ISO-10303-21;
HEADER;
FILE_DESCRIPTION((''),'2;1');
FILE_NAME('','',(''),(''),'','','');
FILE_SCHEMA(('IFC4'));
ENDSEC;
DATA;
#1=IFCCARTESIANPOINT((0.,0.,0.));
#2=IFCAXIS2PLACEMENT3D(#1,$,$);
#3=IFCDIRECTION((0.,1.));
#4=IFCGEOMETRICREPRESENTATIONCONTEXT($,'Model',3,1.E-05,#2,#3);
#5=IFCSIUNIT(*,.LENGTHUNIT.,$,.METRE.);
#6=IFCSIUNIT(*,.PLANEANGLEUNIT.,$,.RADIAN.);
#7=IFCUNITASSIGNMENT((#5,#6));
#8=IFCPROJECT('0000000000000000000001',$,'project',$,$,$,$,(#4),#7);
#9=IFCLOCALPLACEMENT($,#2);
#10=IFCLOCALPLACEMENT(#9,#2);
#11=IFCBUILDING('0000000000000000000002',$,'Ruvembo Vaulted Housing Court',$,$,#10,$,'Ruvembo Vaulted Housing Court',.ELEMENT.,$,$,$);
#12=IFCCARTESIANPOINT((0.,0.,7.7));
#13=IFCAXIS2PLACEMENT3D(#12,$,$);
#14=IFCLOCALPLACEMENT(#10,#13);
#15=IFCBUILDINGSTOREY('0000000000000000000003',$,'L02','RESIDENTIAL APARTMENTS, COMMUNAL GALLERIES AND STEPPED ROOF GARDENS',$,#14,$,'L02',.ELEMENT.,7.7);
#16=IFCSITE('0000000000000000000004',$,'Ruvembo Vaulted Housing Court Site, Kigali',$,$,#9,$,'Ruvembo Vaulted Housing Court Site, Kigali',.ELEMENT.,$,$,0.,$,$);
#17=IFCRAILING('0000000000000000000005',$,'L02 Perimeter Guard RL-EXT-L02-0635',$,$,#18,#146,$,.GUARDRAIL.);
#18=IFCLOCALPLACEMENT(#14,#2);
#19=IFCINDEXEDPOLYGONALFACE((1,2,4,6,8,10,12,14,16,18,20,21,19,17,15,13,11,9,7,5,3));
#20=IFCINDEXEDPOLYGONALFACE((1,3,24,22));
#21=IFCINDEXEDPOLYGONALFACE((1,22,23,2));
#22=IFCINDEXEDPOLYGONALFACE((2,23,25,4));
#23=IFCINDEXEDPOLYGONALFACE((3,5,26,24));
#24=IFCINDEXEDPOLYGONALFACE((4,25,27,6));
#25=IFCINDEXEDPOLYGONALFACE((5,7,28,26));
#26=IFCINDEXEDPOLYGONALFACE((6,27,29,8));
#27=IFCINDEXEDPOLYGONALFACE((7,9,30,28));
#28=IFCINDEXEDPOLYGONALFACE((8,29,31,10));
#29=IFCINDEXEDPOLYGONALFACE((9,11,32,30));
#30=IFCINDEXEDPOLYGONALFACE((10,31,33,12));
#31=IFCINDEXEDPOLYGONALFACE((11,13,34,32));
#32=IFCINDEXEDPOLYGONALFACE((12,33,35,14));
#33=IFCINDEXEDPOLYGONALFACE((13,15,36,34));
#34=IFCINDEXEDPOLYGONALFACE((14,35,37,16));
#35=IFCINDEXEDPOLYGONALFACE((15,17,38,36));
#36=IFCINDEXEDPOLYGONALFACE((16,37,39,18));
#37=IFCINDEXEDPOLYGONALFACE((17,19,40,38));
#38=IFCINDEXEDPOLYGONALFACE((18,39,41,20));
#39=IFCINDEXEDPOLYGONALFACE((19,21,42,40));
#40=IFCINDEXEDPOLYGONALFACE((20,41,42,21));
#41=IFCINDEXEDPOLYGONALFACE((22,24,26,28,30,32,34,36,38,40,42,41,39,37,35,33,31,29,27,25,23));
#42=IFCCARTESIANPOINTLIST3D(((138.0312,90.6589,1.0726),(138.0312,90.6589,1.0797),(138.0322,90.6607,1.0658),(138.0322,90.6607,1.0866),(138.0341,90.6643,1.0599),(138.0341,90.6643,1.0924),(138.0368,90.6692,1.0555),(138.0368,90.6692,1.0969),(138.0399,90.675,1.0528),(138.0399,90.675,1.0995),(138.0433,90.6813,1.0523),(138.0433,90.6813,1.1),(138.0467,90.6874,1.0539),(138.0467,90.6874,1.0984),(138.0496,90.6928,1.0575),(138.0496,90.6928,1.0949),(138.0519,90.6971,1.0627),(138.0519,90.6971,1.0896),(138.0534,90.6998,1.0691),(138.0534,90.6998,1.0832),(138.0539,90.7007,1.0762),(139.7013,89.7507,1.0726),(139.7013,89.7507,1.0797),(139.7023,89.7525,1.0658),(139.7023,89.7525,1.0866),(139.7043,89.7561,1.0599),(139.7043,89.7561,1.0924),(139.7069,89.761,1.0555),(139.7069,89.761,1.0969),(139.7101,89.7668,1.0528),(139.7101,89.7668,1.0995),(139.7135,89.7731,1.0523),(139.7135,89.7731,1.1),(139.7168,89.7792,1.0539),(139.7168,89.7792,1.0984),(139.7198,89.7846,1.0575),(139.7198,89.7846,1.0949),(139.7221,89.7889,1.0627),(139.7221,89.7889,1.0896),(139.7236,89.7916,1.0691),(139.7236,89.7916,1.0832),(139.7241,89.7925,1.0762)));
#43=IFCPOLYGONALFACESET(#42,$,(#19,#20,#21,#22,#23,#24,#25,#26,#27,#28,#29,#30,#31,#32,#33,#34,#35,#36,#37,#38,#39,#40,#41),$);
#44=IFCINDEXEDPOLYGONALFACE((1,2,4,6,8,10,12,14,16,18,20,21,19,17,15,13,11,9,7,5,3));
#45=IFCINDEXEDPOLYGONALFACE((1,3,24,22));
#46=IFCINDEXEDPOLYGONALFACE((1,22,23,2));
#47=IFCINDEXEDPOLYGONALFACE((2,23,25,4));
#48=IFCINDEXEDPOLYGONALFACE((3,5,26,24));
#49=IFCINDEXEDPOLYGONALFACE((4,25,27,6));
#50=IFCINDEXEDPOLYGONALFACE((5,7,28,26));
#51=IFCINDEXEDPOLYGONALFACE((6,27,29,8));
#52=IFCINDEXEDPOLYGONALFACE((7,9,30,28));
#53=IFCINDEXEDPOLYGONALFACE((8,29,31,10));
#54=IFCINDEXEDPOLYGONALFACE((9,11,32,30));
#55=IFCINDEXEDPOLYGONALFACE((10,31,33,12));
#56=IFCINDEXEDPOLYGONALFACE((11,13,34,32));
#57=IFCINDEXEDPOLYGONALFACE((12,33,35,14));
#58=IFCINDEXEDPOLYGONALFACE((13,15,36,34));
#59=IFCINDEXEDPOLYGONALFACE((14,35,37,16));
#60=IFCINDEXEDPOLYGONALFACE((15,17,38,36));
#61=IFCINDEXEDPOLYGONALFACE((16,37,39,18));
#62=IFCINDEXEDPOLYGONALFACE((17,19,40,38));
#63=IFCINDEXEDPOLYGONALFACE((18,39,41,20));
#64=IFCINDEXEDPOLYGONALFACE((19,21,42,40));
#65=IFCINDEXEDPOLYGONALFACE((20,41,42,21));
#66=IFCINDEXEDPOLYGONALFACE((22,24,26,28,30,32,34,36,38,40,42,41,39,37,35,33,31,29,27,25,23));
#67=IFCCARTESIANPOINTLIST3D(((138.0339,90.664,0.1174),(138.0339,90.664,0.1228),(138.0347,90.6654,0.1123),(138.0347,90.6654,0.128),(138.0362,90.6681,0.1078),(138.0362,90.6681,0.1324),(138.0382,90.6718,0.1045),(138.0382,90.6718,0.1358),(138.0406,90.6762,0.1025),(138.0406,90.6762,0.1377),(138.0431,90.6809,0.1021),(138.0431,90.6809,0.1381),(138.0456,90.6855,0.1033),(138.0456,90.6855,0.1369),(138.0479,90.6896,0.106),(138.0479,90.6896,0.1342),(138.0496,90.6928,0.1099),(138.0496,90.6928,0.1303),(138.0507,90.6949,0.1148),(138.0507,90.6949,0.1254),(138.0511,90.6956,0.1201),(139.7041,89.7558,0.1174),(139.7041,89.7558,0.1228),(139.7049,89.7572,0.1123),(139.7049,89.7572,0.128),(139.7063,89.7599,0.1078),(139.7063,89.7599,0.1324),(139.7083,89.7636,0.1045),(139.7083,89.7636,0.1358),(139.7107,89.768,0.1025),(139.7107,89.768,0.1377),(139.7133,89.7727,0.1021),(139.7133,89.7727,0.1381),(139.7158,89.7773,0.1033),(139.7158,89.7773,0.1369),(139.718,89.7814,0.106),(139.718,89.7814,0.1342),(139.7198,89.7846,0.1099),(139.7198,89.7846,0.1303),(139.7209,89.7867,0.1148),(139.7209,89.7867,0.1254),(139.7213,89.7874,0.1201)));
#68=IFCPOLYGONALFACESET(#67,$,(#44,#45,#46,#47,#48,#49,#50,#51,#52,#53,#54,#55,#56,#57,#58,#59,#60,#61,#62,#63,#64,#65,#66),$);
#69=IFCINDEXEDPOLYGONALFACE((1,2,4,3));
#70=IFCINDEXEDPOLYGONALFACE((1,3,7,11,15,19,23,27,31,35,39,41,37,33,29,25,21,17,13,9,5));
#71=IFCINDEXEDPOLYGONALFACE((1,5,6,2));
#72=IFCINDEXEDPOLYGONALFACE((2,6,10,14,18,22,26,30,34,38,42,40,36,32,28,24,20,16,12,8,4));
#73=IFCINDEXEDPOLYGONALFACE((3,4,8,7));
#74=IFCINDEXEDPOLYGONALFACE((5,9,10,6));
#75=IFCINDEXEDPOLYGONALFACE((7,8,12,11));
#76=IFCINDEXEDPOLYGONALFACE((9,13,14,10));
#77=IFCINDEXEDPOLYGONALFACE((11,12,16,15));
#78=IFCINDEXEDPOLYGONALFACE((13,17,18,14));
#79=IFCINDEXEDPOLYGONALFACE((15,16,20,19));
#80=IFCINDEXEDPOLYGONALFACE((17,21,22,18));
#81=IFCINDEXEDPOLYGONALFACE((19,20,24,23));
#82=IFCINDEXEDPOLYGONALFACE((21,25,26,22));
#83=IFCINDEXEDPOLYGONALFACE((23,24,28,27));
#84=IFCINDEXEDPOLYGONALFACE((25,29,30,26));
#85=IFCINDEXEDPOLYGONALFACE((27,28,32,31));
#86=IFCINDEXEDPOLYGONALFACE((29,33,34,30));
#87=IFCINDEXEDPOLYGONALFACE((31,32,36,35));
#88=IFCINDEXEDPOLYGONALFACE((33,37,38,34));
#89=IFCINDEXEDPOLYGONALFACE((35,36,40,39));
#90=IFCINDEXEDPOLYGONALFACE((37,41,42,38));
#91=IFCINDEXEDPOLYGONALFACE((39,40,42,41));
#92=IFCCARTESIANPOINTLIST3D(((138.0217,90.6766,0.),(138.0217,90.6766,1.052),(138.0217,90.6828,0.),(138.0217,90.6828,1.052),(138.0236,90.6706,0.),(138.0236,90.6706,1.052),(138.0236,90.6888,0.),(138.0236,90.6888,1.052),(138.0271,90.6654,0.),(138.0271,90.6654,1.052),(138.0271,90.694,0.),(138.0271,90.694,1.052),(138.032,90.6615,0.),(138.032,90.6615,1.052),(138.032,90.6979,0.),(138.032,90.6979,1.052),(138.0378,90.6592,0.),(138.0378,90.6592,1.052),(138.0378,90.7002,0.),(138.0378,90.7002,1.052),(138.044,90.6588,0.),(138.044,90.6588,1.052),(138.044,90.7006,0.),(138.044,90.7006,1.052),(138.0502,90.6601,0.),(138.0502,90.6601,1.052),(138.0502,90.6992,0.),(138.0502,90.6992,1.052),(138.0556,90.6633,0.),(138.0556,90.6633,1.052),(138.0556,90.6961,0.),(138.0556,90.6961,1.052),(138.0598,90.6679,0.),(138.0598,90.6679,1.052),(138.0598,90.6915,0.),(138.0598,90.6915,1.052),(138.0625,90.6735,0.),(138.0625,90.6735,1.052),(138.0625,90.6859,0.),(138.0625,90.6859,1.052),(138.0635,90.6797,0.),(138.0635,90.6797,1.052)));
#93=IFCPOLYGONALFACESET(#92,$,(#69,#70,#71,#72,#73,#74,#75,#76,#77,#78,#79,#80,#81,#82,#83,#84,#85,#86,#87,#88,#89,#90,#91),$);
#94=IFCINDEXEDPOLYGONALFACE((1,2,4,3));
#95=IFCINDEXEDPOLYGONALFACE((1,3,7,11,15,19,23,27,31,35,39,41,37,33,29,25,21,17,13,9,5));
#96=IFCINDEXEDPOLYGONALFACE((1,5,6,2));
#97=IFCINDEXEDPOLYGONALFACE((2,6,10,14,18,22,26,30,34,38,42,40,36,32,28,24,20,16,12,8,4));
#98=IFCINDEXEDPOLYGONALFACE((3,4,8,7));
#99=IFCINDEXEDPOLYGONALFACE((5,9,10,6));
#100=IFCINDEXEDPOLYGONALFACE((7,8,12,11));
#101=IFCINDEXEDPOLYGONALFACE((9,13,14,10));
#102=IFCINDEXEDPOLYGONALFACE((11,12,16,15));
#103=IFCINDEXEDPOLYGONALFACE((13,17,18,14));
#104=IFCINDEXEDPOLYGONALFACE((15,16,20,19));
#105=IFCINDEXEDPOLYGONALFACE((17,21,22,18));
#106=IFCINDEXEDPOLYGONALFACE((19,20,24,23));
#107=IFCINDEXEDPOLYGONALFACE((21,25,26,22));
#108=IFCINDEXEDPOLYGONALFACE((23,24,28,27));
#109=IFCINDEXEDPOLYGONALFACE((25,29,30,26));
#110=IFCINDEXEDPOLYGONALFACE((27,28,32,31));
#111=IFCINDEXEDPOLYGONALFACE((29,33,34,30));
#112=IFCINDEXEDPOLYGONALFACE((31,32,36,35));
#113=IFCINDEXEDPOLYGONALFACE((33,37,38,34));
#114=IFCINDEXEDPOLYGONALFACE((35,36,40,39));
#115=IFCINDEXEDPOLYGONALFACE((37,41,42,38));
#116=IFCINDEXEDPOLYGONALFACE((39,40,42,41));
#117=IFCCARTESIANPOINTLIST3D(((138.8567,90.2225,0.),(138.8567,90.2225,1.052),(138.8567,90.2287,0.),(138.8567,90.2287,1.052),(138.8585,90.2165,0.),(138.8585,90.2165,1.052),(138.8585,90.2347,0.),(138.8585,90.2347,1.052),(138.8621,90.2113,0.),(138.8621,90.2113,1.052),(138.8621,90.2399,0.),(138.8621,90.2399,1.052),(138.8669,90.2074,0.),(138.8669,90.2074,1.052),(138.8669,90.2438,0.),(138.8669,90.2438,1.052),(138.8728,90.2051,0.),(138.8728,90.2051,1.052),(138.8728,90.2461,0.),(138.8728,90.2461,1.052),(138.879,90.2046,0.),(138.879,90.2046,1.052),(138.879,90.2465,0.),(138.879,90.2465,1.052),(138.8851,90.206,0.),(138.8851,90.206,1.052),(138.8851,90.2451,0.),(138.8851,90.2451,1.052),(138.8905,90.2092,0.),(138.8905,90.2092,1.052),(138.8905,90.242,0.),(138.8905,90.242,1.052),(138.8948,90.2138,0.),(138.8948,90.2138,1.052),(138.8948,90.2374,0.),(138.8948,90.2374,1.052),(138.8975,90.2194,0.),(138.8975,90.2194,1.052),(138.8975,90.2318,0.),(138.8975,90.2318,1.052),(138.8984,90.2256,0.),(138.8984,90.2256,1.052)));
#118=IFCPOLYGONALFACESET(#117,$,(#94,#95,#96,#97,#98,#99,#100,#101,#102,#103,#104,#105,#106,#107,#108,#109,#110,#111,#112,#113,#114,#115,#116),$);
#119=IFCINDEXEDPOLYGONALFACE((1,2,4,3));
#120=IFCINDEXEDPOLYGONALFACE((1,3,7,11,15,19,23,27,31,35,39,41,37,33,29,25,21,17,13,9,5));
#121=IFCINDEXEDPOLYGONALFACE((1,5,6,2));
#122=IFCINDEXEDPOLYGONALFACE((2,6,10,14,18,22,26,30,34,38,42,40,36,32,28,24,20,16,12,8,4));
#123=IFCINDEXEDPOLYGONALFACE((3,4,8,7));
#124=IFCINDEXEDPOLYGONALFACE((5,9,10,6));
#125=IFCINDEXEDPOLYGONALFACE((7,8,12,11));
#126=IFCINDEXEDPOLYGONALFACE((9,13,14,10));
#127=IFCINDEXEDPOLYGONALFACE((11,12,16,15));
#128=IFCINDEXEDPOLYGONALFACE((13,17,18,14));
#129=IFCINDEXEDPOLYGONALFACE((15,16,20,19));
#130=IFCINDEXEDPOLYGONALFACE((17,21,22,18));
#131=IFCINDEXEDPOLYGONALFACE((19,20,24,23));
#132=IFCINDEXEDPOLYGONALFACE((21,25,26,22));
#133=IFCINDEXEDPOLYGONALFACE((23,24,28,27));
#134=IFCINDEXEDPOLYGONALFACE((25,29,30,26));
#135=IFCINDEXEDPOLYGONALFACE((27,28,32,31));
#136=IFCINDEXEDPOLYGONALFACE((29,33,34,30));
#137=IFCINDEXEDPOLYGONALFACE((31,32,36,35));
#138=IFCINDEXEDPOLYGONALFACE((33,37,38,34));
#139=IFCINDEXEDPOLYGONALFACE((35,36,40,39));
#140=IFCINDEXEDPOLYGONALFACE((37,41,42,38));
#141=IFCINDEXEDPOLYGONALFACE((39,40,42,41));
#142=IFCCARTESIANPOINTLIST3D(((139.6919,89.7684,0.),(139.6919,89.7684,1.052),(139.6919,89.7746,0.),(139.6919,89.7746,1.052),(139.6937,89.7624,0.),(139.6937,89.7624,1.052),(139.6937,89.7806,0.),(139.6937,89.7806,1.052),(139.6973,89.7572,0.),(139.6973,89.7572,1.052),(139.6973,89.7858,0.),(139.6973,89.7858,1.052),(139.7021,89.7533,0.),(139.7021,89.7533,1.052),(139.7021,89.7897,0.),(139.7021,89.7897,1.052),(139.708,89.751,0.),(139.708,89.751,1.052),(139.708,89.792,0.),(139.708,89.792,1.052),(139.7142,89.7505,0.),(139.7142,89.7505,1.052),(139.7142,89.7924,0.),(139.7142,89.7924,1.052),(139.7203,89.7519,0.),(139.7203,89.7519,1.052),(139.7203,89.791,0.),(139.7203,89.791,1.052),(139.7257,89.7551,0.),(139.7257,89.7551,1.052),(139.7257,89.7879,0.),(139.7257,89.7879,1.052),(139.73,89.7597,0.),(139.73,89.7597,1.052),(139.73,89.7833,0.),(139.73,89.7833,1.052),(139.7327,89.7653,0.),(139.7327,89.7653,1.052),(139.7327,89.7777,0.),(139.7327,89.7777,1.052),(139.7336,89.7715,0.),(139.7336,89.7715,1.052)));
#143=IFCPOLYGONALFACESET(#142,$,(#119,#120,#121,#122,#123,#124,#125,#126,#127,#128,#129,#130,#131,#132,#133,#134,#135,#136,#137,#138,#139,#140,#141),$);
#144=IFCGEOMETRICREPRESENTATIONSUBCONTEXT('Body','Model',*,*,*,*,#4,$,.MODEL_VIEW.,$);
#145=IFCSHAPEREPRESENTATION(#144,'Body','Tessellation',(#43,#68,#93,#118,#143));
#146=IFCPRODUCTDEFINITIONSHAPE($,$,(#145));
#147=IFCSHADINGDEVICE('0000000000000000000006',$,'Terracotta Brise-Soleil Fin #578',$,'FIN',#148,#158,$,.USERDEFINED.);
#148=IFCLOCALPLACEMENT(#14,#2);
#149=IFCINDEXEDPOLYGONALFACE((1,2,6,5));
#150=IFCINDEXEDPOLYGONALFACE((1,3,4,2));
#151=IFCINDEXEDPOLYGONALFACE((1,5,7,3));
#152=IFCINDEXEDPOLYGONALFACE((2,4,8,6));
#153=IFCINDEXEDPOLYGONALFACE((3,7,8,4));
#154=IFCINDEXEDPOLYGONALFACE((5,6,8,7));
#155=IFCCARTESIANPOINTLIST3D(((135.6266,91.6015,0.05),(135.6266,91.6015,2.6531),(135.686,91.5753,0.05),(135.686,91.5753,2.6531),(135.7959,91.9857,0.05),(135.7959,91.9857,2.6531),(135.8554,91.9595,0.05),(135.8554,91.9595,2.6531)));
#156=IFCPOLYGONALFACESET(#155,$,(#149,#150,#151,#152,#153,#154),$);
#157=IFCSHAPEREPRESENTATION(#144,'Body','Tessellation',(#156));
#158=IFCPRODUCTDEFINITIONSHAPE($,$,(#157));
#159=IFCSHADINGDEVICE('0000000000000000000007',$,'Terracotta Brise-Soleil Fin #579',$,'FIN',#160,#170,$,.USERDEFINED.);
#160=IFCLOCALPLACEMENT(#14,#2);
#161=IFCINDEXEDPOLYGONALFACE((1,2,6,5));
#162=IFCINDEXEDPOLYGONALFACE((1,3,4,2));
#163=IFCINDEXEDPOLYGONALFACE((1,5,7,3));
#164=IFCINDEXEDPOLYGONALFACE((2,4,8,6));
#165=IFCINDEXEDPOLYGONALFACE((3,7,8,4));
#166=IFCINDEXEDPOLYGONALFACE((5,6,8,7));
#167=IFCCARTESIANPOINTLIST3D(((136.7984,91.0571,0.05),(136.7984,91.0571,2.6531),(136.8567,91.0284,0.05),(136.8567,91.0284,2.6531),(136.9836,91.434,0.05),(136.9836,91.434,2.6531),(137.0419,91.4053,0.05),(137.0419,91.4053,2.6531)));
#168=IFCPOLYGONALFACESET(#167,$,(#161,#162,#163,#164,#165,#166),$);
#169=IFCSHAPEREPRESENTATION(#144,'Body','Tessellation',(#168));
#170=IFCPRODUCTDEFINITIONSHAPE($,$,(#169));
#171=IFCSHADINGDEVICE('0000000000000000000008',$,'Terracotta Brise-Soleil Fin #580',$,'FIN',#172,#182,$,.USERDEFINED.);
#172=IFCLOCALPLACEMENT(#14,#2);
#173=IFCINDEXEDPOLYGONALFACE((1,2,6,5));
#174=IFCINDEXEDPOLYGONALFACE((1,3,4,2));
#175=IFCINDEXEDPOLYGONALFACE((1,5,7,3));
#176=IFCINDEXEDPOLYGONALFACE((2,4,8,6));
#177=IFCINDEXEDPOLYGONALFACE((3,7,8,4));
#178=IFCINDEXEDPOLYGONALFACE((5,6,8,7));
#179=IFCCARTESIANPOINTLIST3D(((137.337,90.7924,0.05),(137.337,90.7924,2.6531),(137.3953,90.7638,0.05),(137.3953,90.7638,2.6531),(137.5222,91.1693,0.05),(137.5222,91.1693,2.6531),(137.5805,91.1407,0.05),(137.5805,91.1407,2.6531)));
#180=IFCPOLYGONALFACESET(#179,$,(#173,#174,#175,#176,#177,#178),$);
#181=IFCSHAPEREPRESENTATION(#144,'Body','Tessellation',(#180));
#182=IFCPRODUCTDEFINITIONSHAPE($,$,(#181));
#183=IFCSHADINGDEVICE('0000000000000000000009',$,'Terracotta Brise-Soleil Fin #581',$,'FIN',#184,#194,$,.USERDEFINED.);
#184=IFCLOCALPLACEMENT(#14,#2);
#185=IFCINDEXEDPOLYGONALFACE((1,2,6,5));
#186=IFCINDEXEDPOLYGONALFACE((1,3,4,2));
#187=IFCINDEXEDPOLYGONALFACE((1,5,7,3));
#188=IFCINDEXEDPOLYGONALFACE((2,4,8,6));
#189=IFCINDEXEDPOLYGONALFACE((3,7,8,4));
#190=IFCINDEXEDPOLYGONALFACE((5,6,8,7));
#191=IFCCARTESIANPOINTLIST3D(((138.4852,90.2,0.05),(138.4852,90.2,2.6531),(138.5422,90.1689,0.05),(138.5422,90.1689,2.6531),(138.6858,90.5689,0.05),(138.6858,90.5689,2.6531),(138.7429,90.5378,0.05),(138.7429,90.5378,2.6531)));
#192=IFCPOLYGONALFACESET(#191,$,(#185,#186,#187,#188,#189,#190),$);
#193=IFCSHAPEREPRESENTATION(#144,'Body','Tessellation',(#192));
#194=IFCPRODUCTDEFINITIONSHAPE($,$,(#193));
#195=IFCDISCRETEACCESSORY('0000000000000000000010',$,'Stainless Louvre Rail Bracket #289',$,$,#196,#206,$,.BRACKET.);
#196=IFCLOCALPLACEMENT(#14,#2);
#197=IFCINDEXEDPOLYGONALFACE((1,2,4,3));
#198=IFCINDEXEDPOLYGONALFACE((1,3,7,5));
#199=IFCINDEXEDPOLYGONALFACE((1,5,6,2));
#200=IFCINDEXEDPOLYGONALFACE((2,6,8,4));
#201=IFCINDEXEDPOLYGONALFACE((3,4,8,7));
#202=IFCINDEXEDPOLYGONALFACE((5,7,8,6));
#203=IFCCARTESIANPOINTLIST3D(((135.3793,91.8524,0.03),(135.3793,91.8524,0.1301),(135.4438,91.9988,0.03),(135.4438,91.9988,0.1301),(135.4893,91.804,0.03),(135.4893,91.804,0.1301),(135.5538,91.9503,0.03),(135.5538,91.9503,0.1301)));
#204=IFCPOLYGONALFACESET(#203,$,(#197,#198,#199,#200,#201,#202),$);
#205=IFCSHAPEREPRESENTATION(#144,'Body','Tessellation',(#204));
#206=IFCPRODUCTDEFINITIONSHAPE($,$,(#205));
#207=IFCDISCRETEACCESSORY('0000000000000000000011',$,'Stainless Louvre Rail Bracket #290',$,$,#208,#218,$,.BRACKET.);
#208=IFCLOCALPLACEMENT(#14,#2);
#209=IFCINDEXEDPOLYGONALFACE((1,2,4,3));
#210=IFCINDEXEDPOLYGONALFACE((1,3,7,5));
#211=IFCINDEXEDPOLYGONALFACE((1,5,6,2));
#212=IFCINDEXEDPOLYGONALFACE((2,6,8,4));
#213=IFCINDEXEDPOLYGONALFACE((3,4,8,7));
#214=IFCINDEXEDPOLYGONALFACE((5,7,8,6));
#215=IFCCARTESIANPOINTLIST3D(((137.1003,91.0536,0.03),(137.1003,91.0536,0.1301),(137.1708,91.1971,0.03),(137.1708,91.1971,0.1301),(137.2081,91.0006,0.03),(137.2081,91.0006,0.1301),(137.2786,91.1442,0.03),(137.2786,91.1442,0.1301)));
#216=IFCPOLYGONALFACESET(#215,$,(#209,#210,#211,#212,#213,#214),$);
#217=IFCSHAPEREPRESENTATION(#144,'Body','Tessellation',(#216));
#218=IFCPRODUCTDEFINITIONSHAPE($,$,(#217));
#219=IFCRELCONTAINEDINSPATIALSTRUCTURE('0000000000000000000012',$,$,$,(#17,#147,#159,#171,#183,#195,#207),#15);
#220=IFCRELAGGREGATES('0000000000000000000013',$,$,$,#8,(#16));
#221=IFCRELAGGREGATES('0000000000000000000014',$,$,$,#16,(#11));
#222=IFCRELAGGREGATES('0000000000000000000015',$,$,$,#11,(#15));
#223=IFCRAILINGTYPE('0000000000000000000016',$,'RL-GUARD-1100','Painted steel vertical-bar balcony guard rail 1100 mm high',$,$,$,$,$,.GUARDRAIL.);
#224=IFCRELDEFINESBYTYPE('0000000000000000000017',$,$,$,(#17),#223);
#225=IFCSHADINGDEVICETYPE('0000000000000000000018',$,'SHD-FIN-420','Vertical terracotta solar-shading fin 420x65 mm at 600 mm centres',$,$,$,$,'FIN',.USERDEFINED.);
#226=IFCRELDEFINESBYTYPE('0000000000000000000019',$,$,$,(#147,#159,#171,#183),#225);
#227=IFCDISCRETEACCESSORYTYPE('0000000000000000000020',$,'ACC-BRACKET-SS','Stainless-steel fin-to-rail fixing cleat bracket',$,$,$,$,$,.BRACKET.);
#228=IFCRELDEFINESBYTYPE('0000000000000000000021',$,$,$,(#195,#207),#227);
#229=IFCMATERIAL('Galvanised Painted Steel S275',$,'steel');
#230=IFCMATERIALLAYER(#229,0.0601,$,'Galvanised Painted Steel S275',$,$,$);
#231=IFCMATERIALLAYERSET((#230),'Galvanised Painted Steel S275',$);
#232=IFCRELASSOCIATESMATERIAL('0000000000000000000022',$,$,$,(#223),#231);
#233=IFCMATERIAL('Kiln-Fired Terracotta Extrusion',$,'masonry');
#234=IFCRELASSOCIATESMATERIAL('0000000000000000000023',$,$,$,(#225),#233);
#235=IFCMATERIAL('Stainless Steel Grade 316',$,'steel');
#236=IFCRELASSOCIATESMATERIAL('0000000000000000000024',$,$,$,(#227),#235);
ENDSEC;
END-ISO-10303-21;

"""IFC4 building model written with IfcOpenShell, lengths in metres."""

from ifc_helpers import new_model, si_unit, direction, frame, origin, origin_2d, place, context, subcontext, project, spatial, rectangle, circle, extrude, material, layer, layer_set, type_object, element, save


model = new_model("IFC4")

# Units and contexts
model_context = context("Model", 3, precision=1e-05, world=origin(), true_north=direction((0.0, 1.0)))
body_context = subcontext(model_context, "Body", "Model", "MODEL_VIEW")
ifc_project = project(units=[si_unit("LENGTHUNIT", "METRE"), si_unit("PLANEANGLEUNIT", "RADIAN")], contexts=[model_context])

# Site, building, storey
site_placement = place(None, origin())
site = spatial("IfcSite", under=ifc_project, at=site_placement, Name="Ruvembo Vaulted Housing Court Site, Kigali", LongName="Ruvembo Vaulted Housing Court Site, Kigali", CompositionType="ELEMENT", RefElevation=0.0)
building_placement = place(site_placement, origin())
building = spatial("IfcBuilding", under=site, at=building_placement, Name="Ruvembo Vaulted Housing Court", LongName="Ruvembo Vaulted Housing Court", CompositionType="ELEMENT")
storey_placement = place(building_placement, frame((0.0, 0.0, 7.7)))
storey = spatial("IfcBuildingStorey", under=building, at=storey_placement, Name="L02", Description="RESIDENTIAL APARTMENTS, COMMUNAL GALLERIES AND STEPPED ROOF GARDENS", LongName="L02", CompositionType="ELEMENT", Elevation=7.7)

# Railing
ifc_material_1 = material(Name="Galvanised Painted Steel S275", Category="steel")
ifc_layer_1 = layer(ifc_material_1, 0.0601, Name="Galvanised Painted Steel S275")
ifc_layer_set_1 = layer_set([ifc_layer_1], Name="Galvanised Painted Steel S275")
railing_type = type_object("IfcRailingType", Name="RL-GUARD-1100", Description="Painted steel vertical-bar balcony guard rail 1100 mm high", PredefinedType="GUARDRAIL", material=ifc_layer_set_1)
railing_1_placement = place(storey_placement, frame((138.0425, 90.6797, 0.0)))
element("IfcRailing", 1, at=railing_1_placement, inside=storey, type_object=railing_type, Name="L02 Perimeter Guard RL-EXT-L02-0635", PredefinedType="GUARDRAIL", context=body_context, shape_type="SweptSolid", body=[
    extrude(circle(Radius=0.0239, at=origin_2d()), frame((0.0, 0.0, 1.0762), z_axis=(0.878513, -0.477718, 0.0), x_axis=(0.477718, 0.878513, 0.0)), (0.0, 0.0, 1.0), 1.9011),
    extrude(circle(Radius=0.0181, at=origin_2d()), frame((0.0, 0.0, 0.1201), z_axis=(0.878513, -0.477718, 0.0), x_axis=(0.477718, 0.878513, 0.0)), (0.0, 0.0, 1.0), 1.9011),
    extrude(circle(Radius=0.021, at=origin_2d()), origin(), (0.0, 0.0, 1.0), 1.052),
    extrude(circle(Radius=0.021, at=origin_2d()), frame((0.835, -0.4541, 0.0)), (0.0, 0.0, 1.0), 1.052),
    extrude(circle(Radius=0.021, at=origin_2d()), frame((1.6702, -0.9082, 0.0)), (0.0, 0.0, 1.0), 1.052),
])

# Shading devices
ifc_material_2 = material(Name="Kiln-Fired Terracotta Extrusion", Category="masonry")
shading_device_type = type_object("IfcShadingDeviceType", Name="SHD-FIN-420", Description="Vertical terracotta solar-shading fin 420x65 mm at 600 mm centres", ElementType="FIN", PredefinedType="USERDEFINED", material=ifc_material_2)
for number, where, z_axis, x_axis, name in (
    (2, (135.741, 91.7805, 0.05), (0.0, 0.0, 1.0), (-0.403306, -0.915065, 0.0), "Terracotta Brise-Soleil Fin #578"),
    (3, (136.9202, 91.2312, 0.05), (0.0, 0.0, 1.0), (-0.440911, -0.897551, 0.0), "Terracotta Brise-Soleil Fin #579"),
    (4, (137.4587, 90.9666, 0.05), (0.0, 0.0, 1.0), (-0.440911, -0.897551, 0.0), "Terracotta Brise-Soleil Fin #580"),
    (5, (138.614, 90.3689, 0.05), (0.0, 0.0, 1.0), (-0.477788, -0.878475, 0.0), "Terracotta Brise-Soleil Fin #581"),
):
    element("IfcShadingDevice", number, at=place(storey_placement, frame(where, z_axis=z_axis, x_axis=x_axis)), inside=storey, type_object=shading_device_type, Name=name, ObjectType="FIN", PredefinedType="USERDEFINED", context=body_context, shape_type="SweptSolid", body=[
        extrude(rectangle(XDim=0.4199, YDim=0.0649, at=origin_2d()), origin(), (0.0, 0.0, 1.0), 2.603),
    ])

# Discrete accessories
ifc_material_3 = material(Name="Stainless Steel Grade 316", Category="steel")
discrete_accessory_type = type_object("IfcDiscreteAccessoryType", Name="ACC-BRACKET-SS", Description="Stainless-steel fin-to-rail fixing cleat bracket", PredefinedType="BRACKET", material=ifc_material_3)
for number, where, z_axis, x_axis, name in (
    (6, (135.4666, 91.9014, 0.03), (0.0, 0.0, 1.0), (-0.403306, -0.915065, 0.0), "Stainless Louvre Rail Bracket #289"),
    (7, (137.1895, 91.0989, 0.03), (0.0, 0.0, 1.0), (-0.440911, -0.897551, 0.0), "Stainless Louvre Rail Bracket #290"),
):
    element("IfcDiscreteAccessory", number, at=place(storey_placement, frame(where, z_axis=z_axis, x_axis=x_axis)), inside=storey, type_object=discrete_accessory_type, Name=name, PredefinedType="BRACKET", context=body_context, shape_type="SweptSolid", body=[
        extrude(rectangle(XDim=0.1599, YDim=0.1201, at=origin_2d()), origin(), (0.0, 0.0, 1.0), 0.1001),
    ])

save(model, "model.ifc")
